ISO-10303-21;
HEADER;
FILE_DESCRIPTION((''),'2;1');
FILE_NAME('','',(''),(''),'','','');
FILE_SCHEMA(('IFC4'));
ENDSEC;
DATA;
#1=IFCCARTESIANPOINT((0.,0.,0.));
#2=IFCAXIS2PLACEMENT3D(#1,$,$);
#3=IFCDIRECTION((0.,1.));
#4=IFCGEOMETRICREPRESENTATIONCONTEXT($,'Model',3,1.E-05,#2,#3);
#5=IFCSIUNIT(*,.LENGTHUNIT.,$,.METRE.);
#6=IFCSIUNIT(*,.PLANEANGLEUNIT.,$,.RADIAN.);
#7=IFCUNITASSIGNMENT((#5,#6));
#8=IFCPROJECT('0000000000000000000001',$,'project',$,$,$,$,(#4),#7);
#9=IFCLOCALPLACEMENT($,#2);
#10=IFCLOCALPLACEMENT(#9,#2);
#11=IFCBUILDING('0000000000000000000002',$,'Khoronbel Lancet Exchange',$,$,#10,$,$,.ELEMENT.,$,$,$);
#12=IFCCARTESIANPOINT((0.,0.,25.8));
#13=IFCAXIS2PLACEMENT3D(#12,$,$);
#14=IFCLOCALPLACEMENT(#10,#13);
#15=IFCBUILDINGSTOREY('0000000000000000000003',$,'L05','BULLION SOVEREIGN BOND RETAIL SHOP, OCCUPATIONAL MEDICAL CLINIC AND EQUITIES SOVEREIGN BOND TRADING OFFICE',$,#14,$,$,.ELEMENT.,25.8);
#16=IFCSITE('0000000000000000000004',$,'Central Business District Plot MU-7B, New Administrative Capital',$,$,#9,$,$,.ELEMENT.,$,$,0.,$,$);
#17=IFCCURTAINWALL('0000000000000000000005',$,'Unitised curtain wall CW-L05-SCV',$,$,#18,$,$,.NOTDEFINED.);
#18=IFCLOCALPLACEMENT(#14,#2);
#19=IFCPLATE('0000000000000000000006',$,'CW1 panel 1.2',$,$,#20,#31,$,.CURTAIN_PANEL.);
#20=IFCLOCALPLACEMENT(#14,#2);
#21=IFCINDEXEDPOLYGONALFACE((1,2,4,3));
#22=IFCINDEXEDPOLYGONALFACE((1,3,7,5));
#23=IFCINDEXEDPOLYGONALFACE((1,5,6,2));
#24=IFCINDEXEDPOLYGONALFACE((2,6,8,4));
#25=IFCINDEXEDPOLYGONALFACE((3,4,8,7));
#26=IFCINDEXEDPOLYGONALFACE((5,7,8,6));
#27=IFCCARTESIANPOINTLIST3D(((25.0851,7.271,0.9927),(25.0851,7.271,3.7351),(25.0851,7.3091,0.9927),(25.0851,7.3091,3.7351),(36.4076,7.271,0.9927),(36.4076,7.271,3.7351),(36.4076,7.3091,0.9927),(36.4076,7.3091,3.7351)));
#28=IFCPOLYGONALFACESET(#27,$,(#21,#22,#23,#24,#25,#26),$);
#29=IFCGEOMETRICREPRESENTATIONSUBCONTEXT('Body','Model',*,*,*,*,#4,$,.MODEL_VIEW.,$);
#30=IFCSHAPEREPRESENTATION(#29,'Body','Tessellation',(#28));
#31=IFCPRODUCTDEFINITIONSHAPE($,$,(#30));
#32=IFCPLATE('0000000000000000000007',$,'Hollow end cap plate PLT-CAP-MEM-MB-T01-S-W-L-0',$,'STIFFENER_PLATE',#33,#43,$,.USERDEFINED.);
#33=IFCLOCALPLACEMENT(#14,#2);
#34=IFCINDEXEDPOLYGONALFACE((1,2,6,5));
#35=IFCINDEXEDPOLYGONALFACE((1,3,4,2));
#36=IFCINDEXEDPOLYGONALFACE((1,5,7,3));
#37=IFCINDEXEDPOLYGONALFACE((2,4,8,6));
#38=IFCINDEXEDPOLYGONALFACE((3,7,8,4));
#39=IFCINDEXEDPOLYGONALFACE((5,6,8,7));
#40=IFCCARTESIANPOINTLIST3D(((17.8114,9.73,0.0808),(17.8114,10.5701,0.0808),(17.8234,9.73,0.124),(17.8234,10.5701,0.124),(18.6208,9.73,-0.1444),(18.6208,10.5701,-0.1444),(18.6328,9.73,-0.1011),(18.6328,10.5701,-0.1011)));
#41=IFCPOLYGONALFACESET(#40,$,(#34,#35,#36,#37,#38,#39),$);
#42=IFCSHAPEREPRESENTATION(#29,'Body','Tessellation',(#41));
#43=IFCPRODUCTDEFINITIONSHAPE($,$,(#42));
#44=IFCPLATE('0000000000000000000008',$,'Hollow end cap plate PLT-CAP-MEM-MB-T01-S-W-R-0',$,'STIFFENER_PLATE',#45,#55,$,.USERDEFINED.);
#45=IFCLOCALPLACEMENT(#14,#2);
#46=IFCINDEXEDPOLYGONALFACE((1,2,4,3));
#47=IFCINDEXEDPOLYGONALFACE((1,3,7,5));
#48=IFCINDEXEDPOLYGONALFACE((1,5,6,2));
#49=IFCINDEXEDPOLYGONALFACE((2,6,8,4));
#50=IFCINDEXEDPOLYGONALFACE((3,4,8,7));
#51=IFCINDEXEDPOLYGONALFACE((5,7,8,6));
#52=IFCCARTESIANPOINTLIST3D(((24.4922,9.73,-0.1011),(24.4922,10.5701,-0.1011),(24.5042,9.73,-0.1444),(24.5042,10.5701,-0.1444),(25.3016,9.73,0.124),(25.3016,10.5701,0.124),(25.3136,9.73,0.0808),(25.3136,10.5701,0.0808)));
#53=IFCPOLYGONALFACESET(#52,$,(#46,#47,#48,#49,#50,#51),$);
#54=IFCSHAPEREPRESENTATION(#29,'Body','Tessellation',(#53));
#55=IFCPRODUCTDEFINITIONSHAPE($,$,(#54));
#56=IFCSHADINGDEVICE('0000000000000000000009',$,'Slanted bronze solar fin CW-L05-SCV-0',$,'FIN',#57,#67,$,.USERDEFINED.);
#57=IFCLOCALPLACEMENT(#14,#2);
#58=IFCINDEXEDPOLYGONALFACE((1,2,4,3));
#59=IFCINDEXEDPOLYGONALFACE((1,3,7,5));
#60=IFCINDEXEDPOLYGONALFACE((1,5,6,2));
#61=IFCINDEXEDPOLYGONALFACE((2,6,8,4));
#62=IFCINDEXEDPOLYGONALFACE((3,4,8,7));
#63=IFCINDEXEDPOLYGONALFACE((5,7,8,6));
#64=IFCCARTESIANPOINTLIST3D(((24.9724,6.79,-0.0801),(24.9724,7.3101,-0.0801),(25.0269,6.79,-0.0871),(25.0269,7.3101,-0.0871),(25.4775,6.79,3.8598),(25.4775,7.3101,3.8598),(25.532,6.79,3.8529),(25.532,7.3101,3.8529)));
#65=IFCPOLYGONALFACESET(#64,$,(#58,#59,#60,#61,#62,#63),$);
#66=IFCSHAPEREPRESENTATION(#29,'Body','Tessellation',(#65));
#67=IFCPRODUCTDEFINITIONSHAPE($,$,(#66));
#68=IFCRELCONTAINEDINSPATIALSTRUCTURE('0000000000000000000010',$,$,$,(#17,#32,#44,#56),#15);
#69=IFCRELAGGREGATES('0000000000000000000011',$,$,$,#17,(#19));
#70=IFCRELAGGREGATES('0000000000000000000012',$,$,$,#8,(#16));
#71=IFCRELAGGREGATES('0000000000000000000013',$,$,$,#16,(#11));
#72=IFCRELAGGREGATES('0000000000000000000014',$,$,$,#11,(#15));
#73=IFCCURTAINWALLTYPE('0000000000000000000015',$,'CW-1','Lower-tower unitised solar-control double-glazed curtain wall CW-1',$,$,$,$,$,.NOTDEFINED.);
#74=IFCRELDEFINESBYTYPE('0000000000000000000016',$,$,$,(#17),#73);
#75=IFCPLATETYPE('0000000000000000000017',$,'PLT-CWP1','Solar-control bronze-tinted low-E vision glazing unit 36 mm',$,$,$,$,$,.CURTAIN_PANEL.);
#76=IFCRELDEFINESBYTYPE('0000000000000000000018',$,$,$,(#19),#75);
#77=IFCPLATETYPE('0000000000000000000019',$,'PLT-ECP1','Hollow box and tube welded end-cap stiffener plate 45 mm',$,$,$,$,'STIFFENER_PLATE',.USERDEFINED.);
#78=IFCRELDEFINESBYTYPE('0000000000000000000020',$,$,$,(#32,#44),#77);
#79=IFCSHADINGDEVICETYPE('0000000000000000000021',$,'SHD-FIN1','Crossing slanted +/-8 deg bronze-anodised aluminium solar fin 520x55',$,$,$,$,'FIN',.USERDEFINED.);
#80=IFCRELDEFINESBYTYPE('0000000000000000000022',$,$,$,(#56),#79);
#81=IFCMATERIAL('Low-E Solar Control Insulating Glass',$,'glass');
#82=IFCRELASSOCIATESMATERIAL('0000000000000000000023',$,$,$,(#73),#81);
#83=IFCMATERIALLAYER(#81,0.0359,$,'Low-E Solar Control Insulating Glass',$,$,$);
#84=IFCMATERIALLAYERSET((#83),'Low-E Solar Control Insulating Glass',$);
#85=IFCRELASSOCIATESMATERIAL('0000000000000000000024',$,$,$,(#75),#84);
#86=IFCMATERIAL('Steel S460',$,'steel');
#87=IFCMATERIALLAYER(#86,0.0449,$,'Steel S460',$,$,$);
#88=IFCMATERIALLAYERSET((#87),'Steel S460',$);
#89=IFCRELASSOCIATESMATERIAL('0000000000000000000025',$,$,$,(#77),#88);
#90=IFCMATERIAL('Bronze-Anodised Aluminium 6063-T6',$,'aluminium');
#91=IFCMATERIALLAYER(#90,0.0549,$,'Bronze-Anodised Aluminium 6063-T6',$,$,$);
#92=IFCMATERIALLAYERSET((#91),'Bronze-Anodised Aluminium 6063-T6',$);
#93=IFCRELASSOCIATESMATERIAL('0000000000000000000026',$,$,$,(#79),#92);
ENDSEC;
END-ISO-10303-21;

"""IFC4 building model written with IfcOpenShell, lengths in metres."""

from ifc_helpers import new_model, si_unit, direction, frame, origin, origin_2d, place, context, subcontext, project, spatial, polyline, rectangle, outline, extrude, material, layer, layer_set, type_object, element, aggregate, save


model = new_model("IFC4")

# Units and contexts
model_context = context("Model", 3, precision=1e-05, world=origin(), true_north=direction((0.0, 1.0)))
body_context = subcontext(model_context, "Body", "Model", "MODEL_VIEW")
ifc_project = project(units=[si_unit("LENGTHUNIT", "METRE"), si_unit("PLANEANGLEUNIT", "RADIAN")], contexts=[model_context])

# Site, building, storey
site_placement = place(None, origin())
site = spatial("IfcSite", under=ifc_project, at=site_placement, Name="Central Business District Plot MU-7B, New Administrative Capital", CompositionType="ELEMENT", RefElevation=0.0)
building_placement = place(site_placement, origin())
building = spatial("IfcBuilding", under=site, at=building_placement, Name="Khoronbel Lancet Exchange", CompositionType="ELEMENT")
storey_placement = place(building_placement, frame((0.0, 0.0, 25.8)))
storey = spatial("IfcBuildingStorey", under=building, at=storey_placement, Name="L05", Description="BULLION SOVEREIGN BOND RETAIL SHOP, OCCUPATIONAL MEDICAL CLINIC AND EQUITIES SOVEREIGN BOND TRADING OFFICE", CompositionType="ELEMENT", Elevation=25.8)

# Shared definitions
ifc_material_1 = material(Name="Steel S460", Category="steel")

# Curtain wall
ifc_material_2 = material(Name="Low-E Solar Control Insulating Glass", Category="glass")
curtain_wall_type = type_object("IfcCurtainWallType", Name="CW-1", Description="Lower-tower unitised solar-control double-glazed curtain wall CW-1", PredefinedType="NOTDEFINED", material=ifc_material_2)
ifc_material_3 = material(Name="Bronze-Anodised Aluminium 6063-T6", Category="aluminium")
curtain_wall_1_placement = place(storey_placement, origin())
curtain_wall_1 = element("IfcCurtainWall", 1, at=curtain_wall_1_placement, inside=storey, type_object=curtain_wall_type, Name="Unitised curtain wall CW-L05-SCV", PredefinedType="NOTDEFINED")

# Plate
ifc_layer_1 = layer(ifc_material_2, 0.0359, Name="Low-E Solar Control Insulating Glass")
ifc_layer_set_1 = layer_set([ifc_layer_1], Name="Low-E Solar Control Insulating Glass")
plate_type_1 = type_object("IfcPlateType", Name="PLT-CWP1", Description="Solar-control bronze-tinted low-E vision glazing unit 36 mm", PredefinedType="CURTAIN_PANEL", material=ifc_layer_set_1)
plate_1_placement = place(storey_placement, frame((30.7463, 7.29, 0.9927), z_axis=(0.0, 0.0, 1.0), x_axis=(1.0, 0.0, 0.0)))
plate_1 = element("IfcPlate", 2, at=plate_1_placement, type_object=plate_type_1, Name="CW1 panel 1.2", PredefinedType="CURTAIN_PANEL", context=body_context, shape_type="SweptSolid", body=[
    extrude(rectangle(XDim=11.3225, YDim=0.0381, at=origin_2d()), origin(), (0.0, 0.0, 1.0), 2.7424),
])
aggregate(curtain_wall_1, [plate_1])

# Plates
ifc_layer_2 = layer(ifc_material_1, 0.0449, Name="Steel S460")
ifc_layer_set_2 = layer_set([ifc_layer_2], Name="Steel S460")
plate_type_2 = type_object("IfcPlateType", Name="PLT-ECP1", Description="Hollow box and tube welded end-cap stiffener plate 45 mm", ElementType="STIFFENER_PLATE", PredefinedType="USERDEFINED", material=ifc_layer_set_2)
for number, where, z_axis, x_axis, name in (
    (3, (18.6328, 9.73, -0.1011), (0.267959, 0.0, 0.96343), (0.0, 1.0, 0.0), "Hollow end cap plate PLT-CAP-MEM-MB-T01-S-W-L-0"),
    (4, (24.4922, 10.5701, -0.1011), (-0.267959, 0.0, 0.96343), (0.0, -1.0, 0.0), "Hollow end cap plate PLT-CAP-MEM-MB-T01-S-W-R-0"),
):
    element("IfcPlate", number, at=place(storey_placement, frame(where, z_axis=z_axis, x_axis=x_axis)), inside=storey, type_object=plate_type_2, Name=name, ObjectType="STIFFENER_PLATE", PredefinedType="USERDEFINED", context=body_context, shape_type="SweptSolid", body=[
        extrude(outline(polyline([(0.0, 0.0), (0.8401, 0.0), (0.8401, 0.8401), (0.0, 0.8401), (0.0, 0.0)])), origin(), (0.0, 0.0, -1.0), 0.0449),
    ])

# Shading device
ifc_layer_3 = layer(ifc_material_3, 0.0549, Name="Bronze-Anodised Aluminium 6063-T6")
ifc_layer_set_3 = layer_set([ifc_layer_3], Name="Bronze-Anodised Aluminium 6063-T6")
shading_device_type = type_object("IfcShadingDeviceType", Name="SHD-FIN1", Description="Crossing slanted +/-8 deg bronze-anodised aluminium solar fin 520x55", ElementType="FIN", PredefinedType="USERDEFINED", material=ifc_layer_set_3)
shading_device_placement = place(storey_placement, frame((24.9724, 7.3101, -0.0801), z_axis=(-0.991881, 0.0, 0.127166), x_axis=(0.0, -1.0, 0.0)))
element("IfcShadingDevice", 5, at=shading_device_placement, inside=storey, type_object=shading_device_type, Name="Slanted bronze solar fin CW-L05-SCV-0", ObjectType="FIN", PredefinedType="USERDEFINED", context=body_context, shape_type="SweptSolid", body=[
    extrude(outline(polyline([(0.0, 0.0), (0.52, 0.0), (0.52, 3.9722), (0.0, 3.9722), (0.0, 0.0)])), origin(), (0.0, 0.0, -1.0), 0.0549),
])

save(model, "model.ifc")
